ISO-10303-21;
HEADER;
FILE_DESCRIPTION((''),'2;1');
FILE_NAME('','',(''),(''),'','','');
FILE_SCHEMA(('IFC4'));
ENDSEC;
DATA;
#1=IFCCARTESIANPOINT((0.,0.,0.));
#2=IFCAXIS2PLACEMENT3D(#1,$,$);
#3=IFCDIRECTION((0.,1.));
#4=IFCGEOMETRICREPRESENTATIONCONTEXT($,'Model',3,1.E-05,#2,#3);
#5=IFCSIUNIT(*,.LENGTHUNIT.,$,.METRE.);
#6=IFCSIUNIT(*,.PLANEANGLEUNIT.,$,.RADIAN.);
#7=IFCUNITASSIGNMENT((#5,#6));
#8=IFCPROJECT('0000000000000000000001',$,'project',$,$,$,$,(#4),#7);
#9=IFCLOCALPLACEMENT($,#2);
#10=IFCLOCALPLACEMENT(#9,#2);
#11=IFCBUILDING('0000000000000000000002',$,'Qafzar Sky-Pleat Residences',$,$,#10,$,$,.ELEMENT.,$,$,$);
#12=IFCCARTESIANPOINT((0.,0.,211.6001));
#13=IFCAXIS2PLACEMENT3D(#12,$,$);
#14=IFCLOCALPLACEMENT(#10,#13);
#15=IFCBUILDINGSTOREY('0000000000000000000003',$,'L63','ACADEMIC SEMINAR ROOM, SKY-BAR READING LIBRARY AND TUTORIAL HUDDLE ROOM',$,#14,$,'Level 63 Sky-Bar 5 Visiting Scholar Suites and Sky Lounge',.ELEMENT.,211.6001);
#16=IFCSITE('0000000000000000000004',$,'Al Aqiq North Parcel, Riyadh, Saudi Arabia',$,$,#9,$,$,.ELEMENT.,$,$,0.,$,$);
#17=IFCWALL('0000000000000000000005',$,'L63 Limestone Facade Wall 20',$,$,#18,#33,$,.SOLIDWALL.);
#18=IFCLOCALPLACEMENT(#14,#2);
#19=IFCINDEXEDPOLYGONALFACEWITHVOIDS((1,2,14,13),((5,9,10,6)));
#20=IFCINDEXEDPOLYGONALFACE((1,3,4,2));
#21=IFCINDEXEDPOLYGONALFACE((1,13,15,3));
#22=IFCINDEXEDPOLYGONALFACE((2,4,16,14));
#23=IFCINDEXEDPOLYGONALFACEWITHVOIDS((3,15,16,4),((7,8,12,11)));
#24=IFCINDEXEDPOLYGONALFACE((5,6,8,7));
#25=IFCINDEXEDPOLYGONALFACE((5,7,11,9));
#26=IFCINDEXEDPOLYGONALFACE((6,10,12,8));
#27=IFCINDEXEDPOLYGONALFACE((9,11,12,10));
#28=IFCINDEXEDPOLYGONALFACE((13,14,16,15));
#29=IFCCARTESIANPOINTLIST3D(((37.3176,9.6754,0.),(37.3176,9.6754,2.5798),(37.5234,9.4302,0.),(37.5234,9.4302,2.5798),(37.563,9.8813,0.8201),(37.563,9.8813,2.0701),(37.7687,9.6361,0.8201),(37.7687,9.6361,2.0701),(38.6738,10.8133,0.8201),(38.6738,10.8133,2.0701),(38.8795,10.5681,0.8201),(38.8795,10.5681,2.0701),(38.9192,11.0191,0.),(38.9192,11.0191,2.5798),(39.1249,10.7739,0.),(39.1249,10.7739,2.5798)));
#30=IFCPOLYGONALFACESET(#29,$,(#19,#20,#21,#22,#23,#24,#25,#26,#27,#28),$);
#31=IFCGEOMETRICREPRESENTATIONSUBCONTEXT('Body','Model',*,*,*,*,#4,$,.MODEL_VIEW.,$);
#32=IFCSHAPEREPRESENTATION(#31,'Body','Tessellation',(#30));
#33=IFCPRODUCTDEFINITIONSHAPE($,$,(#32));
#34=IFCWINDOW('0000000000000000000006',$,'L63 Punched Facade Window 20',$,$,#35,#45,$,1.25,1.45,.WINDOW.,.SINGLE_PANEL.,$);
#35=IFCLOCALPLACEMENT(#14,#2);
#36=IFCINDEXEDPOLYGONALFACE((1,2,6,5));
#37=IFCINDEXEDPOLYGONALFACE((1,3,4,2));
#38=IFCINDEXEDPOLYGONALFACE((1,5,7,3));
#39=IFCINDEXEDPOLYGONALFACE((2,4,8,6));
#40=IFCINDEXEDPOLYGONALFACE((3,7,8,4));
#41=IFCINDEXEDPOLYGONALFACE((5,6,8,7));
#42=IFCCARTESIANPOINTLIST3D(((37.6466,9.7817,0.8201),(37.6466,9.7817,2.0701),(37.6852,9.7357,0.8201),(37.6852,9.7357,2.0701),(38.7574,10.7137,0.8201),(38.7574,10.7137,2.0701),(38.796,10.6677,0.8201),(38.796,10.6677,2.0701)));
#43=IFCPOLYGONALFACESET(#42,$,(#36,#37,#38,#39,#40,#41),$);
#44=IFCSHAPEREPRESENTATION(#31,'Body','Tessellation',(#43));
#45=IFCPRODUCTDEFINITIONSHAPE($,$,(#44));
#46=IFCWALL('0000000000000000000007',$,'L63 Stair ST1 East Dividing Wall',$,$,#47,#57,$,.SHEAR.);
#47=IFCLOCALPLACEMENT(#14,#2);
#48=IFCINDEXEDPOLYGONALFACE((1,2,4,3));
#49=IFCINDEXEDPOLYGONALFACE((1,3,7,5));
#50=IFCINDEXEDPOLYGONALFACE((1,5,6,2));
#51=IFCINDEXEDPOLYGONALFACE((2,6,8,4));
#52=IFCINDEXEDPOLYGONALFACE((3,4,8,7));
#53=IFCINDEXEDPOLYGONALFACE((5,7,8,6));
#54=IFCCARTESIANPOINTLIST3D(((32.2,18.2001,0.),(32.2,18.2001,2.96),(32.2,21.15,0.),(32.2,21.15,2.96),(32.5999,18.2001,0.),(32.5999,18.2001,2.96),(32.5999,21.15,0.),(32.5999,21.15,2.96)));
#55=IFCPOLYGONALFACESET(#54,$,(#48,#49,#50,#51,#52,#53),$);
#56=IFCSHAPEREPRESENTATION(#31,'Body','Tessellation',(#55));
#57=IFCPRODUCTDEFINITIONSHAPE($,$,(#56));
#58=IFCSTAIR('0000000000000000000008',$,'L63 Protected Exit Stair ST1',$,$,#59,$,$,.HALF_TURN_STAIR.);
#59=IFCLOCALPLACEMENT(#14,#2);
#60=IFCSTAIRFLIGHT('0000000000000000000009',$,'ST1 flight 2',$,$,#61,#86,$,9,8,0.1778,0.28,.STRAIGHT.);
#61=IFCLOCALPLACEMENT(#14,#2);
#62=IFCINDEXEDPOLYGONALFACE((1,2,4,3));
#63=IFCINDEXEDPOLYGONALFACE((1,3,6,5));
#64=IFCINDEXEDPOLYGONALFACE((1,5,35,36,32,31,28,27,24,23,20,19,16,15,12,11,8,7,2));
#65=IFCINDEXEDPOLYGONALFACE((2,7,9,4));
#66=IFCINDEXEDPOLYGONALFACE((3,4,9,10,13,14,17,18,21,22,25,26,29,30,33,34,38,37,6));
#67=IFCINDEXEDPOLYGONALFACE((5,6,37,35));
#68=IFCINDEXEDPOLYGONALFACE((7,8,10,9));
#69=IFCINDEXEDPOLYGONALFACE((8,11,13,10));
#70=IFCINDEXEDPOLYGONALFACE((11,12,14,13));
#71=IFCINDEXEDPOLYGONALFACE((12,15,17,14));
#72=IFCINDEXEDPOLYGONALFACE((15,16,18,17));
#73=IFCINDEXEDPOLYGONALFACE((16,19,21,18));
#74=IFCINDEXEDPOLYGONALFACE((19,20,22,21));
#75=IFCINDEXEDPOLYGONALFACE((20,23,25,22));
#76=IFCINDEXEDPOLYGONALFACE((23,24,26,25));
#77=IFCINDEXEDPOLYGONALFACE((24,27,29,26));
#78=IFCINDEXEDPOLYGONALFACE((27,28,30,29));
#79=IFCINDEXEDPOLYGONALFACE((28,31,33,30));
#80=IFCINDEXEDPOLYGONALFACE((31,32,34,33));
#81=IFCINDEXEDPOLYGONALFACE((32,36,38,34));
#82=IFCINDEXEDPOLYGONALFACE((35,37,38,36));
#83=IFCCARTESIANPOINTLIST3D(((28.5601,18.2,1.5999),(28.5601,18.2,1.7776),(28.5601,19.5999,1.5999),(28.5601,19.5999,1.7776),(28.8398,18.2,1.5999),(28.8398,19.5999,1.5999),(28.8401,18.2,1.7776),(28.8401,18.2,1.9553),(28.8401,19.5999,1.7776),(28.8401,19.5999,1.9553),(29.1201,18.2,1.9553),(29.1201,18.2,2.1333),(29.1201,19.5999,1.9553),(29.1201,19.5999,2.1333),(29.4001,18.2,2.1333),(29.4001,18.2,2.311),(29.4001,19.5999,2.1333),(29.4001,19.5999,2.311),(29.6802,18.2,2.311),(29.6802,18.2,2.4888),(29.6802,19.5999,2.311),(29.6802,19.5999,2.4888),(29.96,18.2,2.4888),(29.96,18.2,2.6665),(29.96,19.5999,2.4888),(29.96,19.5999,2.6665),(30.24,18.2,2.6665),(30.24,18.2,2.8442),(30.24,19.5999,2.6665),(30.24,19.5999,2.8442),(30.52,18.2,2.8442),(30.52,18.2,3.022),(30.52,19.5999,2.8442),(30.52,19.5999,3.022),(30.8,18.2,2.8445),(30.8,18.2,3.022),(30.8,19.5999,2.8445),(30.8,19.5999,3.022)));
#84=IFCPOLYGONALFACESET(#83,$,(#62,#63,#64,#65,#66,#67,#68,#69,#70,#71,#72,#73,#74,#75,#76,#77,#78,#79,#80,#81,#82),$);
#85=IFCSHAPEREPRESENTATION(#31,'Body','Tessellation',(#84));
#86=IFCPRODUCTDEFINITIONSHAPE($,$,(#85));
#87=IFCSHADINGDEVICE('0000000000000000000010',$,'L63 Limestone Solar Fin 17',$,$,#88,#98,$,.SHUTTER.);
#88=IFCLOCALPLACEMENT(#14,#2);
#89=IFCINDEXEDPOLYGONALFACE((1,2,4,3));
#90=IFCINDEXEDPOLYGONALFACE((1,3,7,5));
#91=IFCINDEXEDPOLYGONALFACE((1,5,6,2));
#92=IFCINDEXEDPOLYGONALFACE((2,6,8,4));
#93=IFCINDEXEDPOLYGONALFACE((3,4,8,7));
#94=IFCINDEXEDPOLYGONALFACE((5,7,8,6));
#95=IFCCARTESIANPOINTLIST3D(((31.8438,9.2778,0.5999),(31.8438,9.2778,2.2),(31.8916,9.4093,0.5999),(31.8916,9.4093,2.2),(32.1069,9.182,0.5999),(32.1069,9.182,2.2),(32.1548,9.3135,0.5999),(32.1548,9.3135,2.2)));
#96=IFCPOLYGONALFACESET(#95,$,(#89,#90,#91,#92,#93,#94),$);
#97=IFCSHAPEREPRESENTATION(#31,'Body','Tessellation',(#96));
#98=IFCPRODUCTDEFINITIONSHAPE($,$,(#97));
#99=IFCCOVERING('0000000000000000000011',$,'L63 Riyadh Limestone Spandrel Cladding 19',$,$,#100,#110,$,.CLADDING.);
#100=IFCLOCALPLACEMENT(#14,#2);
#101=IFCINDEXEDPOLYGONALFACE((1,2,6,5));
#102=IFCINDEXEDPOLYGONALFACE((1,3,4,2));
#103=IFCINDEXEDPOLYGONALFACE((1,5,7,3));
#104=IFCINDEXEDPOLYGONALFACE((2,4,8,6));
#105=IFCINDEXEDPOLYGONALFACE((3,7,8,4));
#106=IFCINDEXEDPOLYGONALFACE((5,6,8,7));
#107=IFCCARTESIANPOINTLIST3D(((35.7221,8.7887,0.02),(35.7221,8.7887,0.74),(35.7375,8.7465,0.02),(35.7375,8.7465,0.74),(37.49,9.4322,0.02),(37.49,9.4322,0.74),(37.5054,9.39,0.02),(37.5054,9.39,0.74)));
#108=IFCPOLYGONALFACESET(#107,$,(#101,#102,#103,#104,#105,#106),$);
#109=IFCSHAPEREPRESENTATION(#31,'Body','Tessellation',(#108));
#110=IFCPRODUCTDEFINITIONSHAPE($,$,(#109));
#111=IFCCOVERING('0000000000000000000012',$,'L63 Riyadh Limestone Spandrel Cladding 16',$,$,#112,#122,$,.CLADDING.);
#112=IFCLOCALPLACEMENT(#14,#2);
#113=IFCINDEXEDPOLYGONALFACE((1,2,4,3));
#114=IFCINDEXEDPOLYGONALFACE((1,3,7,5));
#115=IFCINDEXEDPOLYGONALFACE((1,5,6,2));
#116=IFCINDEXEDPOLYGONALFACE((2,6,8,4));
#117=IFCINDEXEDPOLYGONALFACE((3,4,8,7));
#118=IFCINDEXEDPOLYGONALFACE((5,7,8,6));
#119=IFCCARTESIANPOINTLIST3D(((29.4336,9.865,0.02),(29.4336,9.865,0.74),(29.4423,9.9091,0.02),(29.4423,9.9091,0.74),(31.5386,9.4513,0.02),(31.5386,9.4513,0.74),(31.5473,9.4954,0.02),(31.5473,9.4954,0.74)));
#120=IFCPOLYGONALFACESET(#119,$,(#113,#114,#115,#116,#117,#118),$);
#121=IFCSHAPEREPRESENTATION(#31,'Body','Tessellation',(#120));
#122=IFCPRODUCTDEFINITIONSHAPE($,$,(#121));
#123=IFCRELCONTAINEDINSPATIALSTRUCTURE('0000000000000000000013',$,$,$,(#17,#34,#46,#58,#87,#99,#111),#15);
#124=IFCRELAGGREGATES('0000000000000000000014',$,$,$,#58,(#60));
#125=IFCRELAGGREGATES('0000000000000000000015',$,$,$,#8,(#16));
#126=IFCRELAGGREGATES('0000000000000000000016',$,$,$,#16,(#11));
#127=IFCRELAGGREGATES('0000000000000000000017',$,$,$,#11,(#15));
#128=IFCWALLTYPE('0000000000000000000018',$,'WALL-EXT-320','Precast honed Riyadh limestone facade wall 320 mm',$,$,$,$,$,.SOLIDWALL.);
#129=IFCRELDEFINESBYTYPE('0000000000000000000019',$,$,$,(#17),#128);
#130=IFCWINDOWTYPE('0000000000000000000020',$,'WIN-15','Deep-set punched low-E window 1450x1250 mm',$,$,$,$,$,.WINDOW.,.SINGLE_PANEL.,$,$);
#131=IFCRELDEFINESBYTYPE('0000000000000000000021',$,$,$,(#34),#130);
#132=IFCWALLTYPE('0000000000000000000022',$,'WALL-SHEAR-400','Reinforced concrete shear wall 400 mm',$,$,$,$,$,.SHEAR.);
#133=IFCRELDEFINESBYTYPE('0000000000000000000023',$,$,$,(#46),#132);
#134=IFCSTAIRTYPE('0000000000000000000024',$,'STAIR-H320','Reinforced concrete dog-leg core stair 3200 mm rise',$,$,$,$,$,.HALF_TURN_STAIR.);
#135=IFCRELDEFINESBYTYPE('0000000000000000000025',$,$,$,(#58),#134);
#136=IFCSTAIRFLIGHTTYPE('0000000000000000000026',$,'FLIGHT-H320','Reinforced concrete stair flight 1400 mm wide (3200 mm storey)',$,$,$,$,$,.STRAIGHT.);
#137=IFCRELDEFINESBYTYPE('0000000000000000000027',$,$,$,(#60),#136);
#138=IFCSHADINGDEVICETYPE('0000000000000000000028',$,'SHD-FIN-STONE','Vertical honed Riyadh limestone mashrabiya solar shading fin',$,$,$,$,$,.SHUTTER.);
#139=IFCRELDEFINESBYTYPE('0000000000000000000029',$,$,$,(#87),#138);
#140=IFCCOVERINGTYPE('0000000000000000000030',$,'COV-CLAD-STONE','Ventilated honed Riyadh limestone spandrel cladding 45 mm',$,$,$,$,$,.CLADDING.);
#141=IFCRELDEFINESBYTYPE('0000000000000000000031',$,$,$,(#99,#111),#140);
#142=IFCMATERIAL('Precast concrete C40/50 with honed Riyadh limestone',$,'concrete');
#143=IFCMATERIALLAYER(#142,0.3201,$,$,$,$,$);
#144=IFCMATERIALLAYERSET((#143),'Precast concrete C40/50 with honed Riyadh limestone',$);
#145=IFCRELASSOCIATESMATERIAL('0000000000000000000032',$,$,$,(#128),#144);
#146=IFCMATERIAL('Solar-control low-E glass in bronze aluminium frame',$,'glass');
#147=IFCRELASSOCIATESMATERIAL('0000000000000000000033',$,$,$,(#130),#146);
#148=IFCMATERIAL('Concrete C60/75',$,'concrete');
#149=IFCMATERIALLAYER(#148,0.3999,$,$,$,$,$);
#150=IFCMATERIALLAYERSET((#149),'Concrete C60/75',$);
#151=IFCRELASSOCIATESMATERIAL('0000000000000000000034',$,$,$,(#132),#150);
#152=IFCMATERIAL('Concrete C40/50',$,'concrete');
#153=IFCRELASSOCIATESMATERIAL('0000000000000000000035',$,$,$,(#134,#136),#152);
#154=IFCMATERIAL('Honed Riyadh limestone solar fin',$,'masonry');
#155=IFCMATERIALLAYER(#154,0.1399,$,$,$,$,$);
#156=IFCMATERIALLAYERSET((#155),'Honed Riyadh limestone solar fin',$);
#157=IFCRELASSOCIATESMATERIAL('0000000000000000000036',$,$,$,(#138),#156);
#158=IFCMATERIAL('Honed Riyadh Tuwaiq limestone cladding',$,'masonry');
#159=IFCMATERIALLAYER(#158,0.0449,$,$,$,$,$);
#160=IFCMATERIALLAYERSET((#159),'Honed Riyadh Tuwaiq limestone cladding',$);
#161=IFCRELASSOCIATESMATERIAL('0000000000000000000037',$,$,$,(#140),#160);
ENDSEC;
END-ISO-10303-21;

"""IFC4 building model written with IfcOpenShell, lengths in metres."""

from ifc_helpers import new_model, si_unit, direction, frame, frame_2d, origin, origin_2d, place, context, subcontext, project, spatial, polyline, rectangle, outline, extrude, source, transform, mapped, material, layer, layer_set, type_object, element, fill, aggregate, save


model = new_model("IFC4")

# Units and contexts
model_context = context("Model", 3, precision=1e-05, world=origin(), true_north=direction((0.0, 1.0)))
body_context = subcontext(model_context, "Body", "Model", "MODEL_VIEW")
ifc_project = project(units=[si_unit("LENGTHUNIT", "METRE"), si_unit("PLANEANGLEUNIT", "RADIAN")], contexts=[model_context])

# Site, building, storey
site_placement = place(None, origin())
site = spatial("IfcSite", under=ifc_project, at=site_placement, Name="Al Aqiq North Parcel, Riyadh, Saudi Arabia", CompositionType="ELEMENT", RefElevation=0.0)
building_placement = place(site_placement, origin())
building = spatial("IfcBuilding", under=site, at=building_placement, Name="Qafzar Sky-Pleat Residences", CompositionType="ELEMENT")
storey_placement = place(building_placement, frame((0.0, 0.0, 211.6001)))
storey = spatial("IfcBuildingStorey", under=building, at=storey_placement, Name="L63", Description="ACADEMIC SEMINAR ROOM, SKY-BAR READING LIBRARY AND TUTORIAL HUDDLE ROOM", LongName="Level 63 Sky-Bar 5 Visiting Scholar Suites and Sky Lounge", CompositionType="ELEMENT", Elevation=211.6001)

# Wall, opening, window
ifc_material_1 = material(Name="Precast concrete C40/50 with honed Riyadh limestone", Category="concrete")
ifc_layer_1 = layer(ifc_material_1, 0.3201)
ifc_layer_set_1 = layer_set([ifc_layer_1], Name="Precast concrete C40/50 with honed Riyadh limestone")
wall_type_1 = type_object("IfcWallType", Name="WALL-EXT-320", Description="Precast honed Riyadh limestone facade wall 320 mm", PredefinedType="SOLIDWALL", material=ifc_layer_set_1)
ifc_material_2 = material(Name="Solar-control low-E glass in bronze aluminium frame", Category="glass")
wall_1_placement = place(storey_placement, frame((37.4204, 9.5527, 0.0), z_axis=(0.0, 0.0, 1.0), x_axis=(0.766073, 0.642754, 0.0)))
wall_1 = element("IfcWall", 1, at=wall_1_placement, inside=storey, type_object=wall_type_1, Name="L63 Limestone Facade Wall 20", PredefinedType="SOLIDWALL", context=body_context, shape_type="SweptSolid", body=[
    extrude(rectangle(XDim=2.0906, YDim=0.3201, at=frame_2d((1.0454, 0.0))), origin(), (0.0, 0.0, 1.0), 2.5798),
])
opening_1_placement = place(wall_1_placement, frame((0.3203, 0.0, 0.8201)))
opening_1 = element("IfcOpeningElement", 2, at=opening_1_placement, cuts=wall_1, PredefinedType="OPENING", context=body_context, shape_type="SweptSolid", body=[
    extrude(rectangle(XDim=1.45, YDim=1.25, at=frame_2d((0.7251, 0.625))), frame((0.0, 0.1699, 0.0), z_axis=(0.0, -1.0, 0.0), x_axis=(1.0, 0.0, 0.0)), (0.0, 0.0, 1.0), 0.3401),
])
window_type_1 = type_object("IfcWindowType", Name="WIN-15", Description="Deep-set punched low-E window 1450x1250 mm", PartitioningType="SINGLE_PANEL", PredefinedType="WINDOW", material=ifc_material_2)
shared_shape_1 = source(origin(), body_context, "Body", "SweptSolid", [
    extrude(rectangle(XDim=1.45, YDim=1.25, at=frame_2d((0.7251, 0.625))), frame((0.0, 0.03, 0.0), z_axis=(0.0, -1.0, 0.0), x_axis=(1.0, 0.0, 0.0)), (0.0, 0.0, 1.0), 0.0601),
])
window_1_placement = place(opening_1_placement, origin())
window_1 = element("IfcWindow", 3, at=window_1_placement, inside=storey, type_object=window_type_1, Name="L63 Punched Facade Window 20", OverallHeight=1.25, OverallWidth=1.45, PartitioningType="SINGLE_PANEL", PredefinedType="WINDOW", context=body_context, shape_type="MappedRepresentation", body=[
    mapped(shared_shape_1, transform((0.0, 0.0, 0.0), x_axis=(1.0, 0.0, 0.0), y_axis=(0.0, 1.0, 0.0), z_axis=(0.0, 0.0, 1.0), scale=1.0)),
])
fill(opening_1, window_1)

# Wall
ifc_material_3 = material(Name="Concrete C60/75", Category="concrete")
ifc_layer_2 = layer(ifc_material_3, 0.3999)
ifc_layer_set_2 = layer_set([ifc_layer_2], Name="Concrete C60/75")
wall_type_2 = type_object("IfcWallType", Name="WALL-SHEAR-400", Description="Reinforced concrete shear wall 400 mm", PredefinedType="SHEAR", material=ifc_layer_set_2)
wall_2_placement = place(storey_placement, frame((32.3999, 18.2, 0.0), z_axis=(0.0, 0.0, 1.0), x_axis=(0.0, 1.0, 0.0)))
element("IfcWall", 4, at=wall_2_placement, inside=storey, type_object=wall_type_2, Name="L63 Stair ST1 East Dividing Wall", PredefinedType="SHEAR", context=body_context, shape_type="SweptSolid", body=[
    extrude(rectangle(XDim=2.95, YDim=0.3999, at=frame_2d((1.4751, 0.0))), origin(), (0.0, 0.0, 1.0), 2.96),
])

# Stair, stair flight
ifc_material_4 = material(Name="Concrete C40/50", Category="concrete")
stair_type = type_object("IfcStairType", Name="STAIR-H320", Description="Reinforced concrete dog-leg core stair 3200 mm rise", PredefinedType="HALF_TURN_STAIR", material=ifc_material_4)
stair_placement = place(storey_placement, origin())
stair = element("IfcStair", 5, at=stair_placement, inside=storey, type_object=stair_type, Name="L63 Protected Exit Stair ST1", PredefinedType="HALF_TURN_STAIR")
stair_flight_type = type_object("IfcStairFlightType", Name="FLIGHT-H320", Description="Reinforced concrete stair flight 1400 mm wide (3200 mm storey)", PredefinedType="STRAIGHT", material=ifc_material_4)
shared_shape_2 = source(origin(), body_context, "Body", "SweptSolid", [
    extrude(outline(polyline([(0.0, 0.0), (0.0, 0.1777), (0.28, 0.1777), (0.28, 0.3555), (0.5601, 0.3555), (0.5601, 0.5334), (0.8401, 0.5334), (0.8401, 0.7112), (1.1201, 0.7112), (1.1201, 0.8889), (1.3999, 0.8889), (1.3999, 1.0667), (1.6799, 1.0667), (1.6799, 1.2444), (1.96, 1.2444), (1.96, 1.4221), (2.24, 1.4221), (2.24, 1.6001), (2.24, 1.2446), (0.2798, 0.0), (0.0, 0.0)])), frame((0.0, 0.7, 0.0), z_axis=(0.0, -1.0, 0.0), x_axis=(1.0, 0.0, 0.0)), (0.0, 0.0, 1.0), 1.3999),
])
stair_flight_placement = place(storey_placement, frame((28.5601, 18.8999, 1.5999), z_axis=(0.0, 0.0, 1.0), x_axis=(1.0, 0.0, 0.0)))
stair_flight = element("IfcStairFlight", 6, at=stair_flight_placement, type_object=stair_flight_type, Name="ST1 flight 2", NumberOfRisers=9, NumberOfTreads=8, PredefinedType="STRAIGHT", RiserHeight=0.1778, TreadLength=0.28, context=body_context, shape_type="MappedRepresentation", body=[
    mapped(shared_shape_2, transform((0.0, 0.0, 0.0), x_axis=(1.0, 0.0, 0.0), y_axis=(0.0, 1.0, 0.0), z_axis=(0.0, 0.0, 1.0), scale=1.0)),
])
aggregate(stair, [stair_flight])

# Shading device
ifc_material_5 = material(Name="Honed Riyadh limestone solar fin", Category="masonry")
ifc_layer_3 = layer(ifc_material_5, 0.1399)
ifc_layer_set_3 = layer_set([ifc_layer_3], Name="Honed Riyadh limestone solar fin")
shading_device_type = type_object("IfcShadingDeviceType", Name="SHD-FIN-STONE", Description="Vertical honed Riyadh limestone mashrabiya solar shading fin", PredefinedType="SHUTTER", material=ifc_layer_set_3)
shared_shape_3 = source(origin(), body_context, "Body", "SweptSolid", [
    extrude(rectangle(XDim=0.1399, YDim=0.28, at=origin_2d()), origin(), (0.0, 0.0, 1.0), 1.6001),
])
shading_device_placement = place(storey_placement, frame((31.9993, 9.2957, 0.5999), z_axis=(0.0, 0.0, 1.0), x_axis=(-0.342054, -0.93968, 0.0)))
element("IfcShadingDevice", 7, at=shading_device_placement, inside=storey, type_object=shading_device_type, Name="L63 Limestone Solar Fin 17", PredefinedType="SHUTTER", context=body_context, shape_type="MappedRepresentation", body=[
    mapped(shared_shape_3, transform((0.0, 0.0, 0.0), x_axis=(1.0, 0.0, 0.0), y_axis=(0.0, 1.0, 0.0), z_axis=(0.0, 0.0, 1.0), scale=1.0)),
])

# Coverings
ifc_material_6 = material(Name="Honed Riyadh Tuwaiq limestone cladding", Category="masonry")
ifc_layer_4 = layer(ifc_material_6, 0.0449)
ifc_layer_set_4 = layer_set([ifc_layer_4], Name="Honed Riyadh Tuwaiq limestone cladding")
covering_type = type_object("IfcCoveringType", Name="COV-CLAD-STONE", Description="Ventilated honed Riyadh limestone spandrel cladding 45 mm", PredefinedType="CLADDING", material=ifc_layer_set_4)
shared_shape_4 = source(origin(), body_context, "Body", "SweptSolid", [
    extrude(rectangle(XDim=1.8813, YDim=0.0449, at=origin_2d()), origin(), (0.0, 0.0, 1.0), 0.72),
])
covering_1_placement = place(storey_placement, frame((36.6138, 9.0894, 0.02), z_axis=(0.0, 0.0, 1.0), x_axis=(0.939694, 0.342016, 0.0)))
element("IfcCovering", 8, at=covering_1_placement, inside=storey, type_object=covering_type, Name="L63 Riyadh Limestone Spandrel Cladding 19", PredefinedType="CLADDING", context=body_context, shape_type="MappedRepresentation", body=[
    mapped(shared_shape_4, transform((0.0, 0.0, 0.0), x_axis=(1.0, 0.0, 0.0), y_axis=(0.0, 1.0, 0.0), z_axis=(0.0, 0.0, 1.0), scale=1.0)),
])
shared_shape_5 = source(origin(), body_context, "Body", "SweptSolid", [
    extrude(rectangle(XDim=2.1453, YDim=0.0449, at=origin_2d()), origin(), (0.0, 0.0, 1.0), 0.72),
])
covering_2_placement = place(storey_placement, frame((30.4905, 9.6802, 0.02), z_axis=(0.0, 0.0, 1.0), x_axis=(0.981232, -0.192831, 0.0)))
element("IfcCovering", 9, at=covering_2_placement, inside=storey, type_object=covering_type, Name="L63 Riyadh Limestone Spandrel Cladding 16", PredefinedType="CLADDING", context=body_context, shape_type="MappedRepresentation", body=[
    mapped(shared_shape_5, transform((0.0, 0.0, 0.0), x_axis=(1.0, 0.0, 0.0), y_axis=(0.0, 1.0, 0.0), z_axis=(0.0, 0.0, 1.0), scale=1.0)),
])

save(model, "model.ifc")
